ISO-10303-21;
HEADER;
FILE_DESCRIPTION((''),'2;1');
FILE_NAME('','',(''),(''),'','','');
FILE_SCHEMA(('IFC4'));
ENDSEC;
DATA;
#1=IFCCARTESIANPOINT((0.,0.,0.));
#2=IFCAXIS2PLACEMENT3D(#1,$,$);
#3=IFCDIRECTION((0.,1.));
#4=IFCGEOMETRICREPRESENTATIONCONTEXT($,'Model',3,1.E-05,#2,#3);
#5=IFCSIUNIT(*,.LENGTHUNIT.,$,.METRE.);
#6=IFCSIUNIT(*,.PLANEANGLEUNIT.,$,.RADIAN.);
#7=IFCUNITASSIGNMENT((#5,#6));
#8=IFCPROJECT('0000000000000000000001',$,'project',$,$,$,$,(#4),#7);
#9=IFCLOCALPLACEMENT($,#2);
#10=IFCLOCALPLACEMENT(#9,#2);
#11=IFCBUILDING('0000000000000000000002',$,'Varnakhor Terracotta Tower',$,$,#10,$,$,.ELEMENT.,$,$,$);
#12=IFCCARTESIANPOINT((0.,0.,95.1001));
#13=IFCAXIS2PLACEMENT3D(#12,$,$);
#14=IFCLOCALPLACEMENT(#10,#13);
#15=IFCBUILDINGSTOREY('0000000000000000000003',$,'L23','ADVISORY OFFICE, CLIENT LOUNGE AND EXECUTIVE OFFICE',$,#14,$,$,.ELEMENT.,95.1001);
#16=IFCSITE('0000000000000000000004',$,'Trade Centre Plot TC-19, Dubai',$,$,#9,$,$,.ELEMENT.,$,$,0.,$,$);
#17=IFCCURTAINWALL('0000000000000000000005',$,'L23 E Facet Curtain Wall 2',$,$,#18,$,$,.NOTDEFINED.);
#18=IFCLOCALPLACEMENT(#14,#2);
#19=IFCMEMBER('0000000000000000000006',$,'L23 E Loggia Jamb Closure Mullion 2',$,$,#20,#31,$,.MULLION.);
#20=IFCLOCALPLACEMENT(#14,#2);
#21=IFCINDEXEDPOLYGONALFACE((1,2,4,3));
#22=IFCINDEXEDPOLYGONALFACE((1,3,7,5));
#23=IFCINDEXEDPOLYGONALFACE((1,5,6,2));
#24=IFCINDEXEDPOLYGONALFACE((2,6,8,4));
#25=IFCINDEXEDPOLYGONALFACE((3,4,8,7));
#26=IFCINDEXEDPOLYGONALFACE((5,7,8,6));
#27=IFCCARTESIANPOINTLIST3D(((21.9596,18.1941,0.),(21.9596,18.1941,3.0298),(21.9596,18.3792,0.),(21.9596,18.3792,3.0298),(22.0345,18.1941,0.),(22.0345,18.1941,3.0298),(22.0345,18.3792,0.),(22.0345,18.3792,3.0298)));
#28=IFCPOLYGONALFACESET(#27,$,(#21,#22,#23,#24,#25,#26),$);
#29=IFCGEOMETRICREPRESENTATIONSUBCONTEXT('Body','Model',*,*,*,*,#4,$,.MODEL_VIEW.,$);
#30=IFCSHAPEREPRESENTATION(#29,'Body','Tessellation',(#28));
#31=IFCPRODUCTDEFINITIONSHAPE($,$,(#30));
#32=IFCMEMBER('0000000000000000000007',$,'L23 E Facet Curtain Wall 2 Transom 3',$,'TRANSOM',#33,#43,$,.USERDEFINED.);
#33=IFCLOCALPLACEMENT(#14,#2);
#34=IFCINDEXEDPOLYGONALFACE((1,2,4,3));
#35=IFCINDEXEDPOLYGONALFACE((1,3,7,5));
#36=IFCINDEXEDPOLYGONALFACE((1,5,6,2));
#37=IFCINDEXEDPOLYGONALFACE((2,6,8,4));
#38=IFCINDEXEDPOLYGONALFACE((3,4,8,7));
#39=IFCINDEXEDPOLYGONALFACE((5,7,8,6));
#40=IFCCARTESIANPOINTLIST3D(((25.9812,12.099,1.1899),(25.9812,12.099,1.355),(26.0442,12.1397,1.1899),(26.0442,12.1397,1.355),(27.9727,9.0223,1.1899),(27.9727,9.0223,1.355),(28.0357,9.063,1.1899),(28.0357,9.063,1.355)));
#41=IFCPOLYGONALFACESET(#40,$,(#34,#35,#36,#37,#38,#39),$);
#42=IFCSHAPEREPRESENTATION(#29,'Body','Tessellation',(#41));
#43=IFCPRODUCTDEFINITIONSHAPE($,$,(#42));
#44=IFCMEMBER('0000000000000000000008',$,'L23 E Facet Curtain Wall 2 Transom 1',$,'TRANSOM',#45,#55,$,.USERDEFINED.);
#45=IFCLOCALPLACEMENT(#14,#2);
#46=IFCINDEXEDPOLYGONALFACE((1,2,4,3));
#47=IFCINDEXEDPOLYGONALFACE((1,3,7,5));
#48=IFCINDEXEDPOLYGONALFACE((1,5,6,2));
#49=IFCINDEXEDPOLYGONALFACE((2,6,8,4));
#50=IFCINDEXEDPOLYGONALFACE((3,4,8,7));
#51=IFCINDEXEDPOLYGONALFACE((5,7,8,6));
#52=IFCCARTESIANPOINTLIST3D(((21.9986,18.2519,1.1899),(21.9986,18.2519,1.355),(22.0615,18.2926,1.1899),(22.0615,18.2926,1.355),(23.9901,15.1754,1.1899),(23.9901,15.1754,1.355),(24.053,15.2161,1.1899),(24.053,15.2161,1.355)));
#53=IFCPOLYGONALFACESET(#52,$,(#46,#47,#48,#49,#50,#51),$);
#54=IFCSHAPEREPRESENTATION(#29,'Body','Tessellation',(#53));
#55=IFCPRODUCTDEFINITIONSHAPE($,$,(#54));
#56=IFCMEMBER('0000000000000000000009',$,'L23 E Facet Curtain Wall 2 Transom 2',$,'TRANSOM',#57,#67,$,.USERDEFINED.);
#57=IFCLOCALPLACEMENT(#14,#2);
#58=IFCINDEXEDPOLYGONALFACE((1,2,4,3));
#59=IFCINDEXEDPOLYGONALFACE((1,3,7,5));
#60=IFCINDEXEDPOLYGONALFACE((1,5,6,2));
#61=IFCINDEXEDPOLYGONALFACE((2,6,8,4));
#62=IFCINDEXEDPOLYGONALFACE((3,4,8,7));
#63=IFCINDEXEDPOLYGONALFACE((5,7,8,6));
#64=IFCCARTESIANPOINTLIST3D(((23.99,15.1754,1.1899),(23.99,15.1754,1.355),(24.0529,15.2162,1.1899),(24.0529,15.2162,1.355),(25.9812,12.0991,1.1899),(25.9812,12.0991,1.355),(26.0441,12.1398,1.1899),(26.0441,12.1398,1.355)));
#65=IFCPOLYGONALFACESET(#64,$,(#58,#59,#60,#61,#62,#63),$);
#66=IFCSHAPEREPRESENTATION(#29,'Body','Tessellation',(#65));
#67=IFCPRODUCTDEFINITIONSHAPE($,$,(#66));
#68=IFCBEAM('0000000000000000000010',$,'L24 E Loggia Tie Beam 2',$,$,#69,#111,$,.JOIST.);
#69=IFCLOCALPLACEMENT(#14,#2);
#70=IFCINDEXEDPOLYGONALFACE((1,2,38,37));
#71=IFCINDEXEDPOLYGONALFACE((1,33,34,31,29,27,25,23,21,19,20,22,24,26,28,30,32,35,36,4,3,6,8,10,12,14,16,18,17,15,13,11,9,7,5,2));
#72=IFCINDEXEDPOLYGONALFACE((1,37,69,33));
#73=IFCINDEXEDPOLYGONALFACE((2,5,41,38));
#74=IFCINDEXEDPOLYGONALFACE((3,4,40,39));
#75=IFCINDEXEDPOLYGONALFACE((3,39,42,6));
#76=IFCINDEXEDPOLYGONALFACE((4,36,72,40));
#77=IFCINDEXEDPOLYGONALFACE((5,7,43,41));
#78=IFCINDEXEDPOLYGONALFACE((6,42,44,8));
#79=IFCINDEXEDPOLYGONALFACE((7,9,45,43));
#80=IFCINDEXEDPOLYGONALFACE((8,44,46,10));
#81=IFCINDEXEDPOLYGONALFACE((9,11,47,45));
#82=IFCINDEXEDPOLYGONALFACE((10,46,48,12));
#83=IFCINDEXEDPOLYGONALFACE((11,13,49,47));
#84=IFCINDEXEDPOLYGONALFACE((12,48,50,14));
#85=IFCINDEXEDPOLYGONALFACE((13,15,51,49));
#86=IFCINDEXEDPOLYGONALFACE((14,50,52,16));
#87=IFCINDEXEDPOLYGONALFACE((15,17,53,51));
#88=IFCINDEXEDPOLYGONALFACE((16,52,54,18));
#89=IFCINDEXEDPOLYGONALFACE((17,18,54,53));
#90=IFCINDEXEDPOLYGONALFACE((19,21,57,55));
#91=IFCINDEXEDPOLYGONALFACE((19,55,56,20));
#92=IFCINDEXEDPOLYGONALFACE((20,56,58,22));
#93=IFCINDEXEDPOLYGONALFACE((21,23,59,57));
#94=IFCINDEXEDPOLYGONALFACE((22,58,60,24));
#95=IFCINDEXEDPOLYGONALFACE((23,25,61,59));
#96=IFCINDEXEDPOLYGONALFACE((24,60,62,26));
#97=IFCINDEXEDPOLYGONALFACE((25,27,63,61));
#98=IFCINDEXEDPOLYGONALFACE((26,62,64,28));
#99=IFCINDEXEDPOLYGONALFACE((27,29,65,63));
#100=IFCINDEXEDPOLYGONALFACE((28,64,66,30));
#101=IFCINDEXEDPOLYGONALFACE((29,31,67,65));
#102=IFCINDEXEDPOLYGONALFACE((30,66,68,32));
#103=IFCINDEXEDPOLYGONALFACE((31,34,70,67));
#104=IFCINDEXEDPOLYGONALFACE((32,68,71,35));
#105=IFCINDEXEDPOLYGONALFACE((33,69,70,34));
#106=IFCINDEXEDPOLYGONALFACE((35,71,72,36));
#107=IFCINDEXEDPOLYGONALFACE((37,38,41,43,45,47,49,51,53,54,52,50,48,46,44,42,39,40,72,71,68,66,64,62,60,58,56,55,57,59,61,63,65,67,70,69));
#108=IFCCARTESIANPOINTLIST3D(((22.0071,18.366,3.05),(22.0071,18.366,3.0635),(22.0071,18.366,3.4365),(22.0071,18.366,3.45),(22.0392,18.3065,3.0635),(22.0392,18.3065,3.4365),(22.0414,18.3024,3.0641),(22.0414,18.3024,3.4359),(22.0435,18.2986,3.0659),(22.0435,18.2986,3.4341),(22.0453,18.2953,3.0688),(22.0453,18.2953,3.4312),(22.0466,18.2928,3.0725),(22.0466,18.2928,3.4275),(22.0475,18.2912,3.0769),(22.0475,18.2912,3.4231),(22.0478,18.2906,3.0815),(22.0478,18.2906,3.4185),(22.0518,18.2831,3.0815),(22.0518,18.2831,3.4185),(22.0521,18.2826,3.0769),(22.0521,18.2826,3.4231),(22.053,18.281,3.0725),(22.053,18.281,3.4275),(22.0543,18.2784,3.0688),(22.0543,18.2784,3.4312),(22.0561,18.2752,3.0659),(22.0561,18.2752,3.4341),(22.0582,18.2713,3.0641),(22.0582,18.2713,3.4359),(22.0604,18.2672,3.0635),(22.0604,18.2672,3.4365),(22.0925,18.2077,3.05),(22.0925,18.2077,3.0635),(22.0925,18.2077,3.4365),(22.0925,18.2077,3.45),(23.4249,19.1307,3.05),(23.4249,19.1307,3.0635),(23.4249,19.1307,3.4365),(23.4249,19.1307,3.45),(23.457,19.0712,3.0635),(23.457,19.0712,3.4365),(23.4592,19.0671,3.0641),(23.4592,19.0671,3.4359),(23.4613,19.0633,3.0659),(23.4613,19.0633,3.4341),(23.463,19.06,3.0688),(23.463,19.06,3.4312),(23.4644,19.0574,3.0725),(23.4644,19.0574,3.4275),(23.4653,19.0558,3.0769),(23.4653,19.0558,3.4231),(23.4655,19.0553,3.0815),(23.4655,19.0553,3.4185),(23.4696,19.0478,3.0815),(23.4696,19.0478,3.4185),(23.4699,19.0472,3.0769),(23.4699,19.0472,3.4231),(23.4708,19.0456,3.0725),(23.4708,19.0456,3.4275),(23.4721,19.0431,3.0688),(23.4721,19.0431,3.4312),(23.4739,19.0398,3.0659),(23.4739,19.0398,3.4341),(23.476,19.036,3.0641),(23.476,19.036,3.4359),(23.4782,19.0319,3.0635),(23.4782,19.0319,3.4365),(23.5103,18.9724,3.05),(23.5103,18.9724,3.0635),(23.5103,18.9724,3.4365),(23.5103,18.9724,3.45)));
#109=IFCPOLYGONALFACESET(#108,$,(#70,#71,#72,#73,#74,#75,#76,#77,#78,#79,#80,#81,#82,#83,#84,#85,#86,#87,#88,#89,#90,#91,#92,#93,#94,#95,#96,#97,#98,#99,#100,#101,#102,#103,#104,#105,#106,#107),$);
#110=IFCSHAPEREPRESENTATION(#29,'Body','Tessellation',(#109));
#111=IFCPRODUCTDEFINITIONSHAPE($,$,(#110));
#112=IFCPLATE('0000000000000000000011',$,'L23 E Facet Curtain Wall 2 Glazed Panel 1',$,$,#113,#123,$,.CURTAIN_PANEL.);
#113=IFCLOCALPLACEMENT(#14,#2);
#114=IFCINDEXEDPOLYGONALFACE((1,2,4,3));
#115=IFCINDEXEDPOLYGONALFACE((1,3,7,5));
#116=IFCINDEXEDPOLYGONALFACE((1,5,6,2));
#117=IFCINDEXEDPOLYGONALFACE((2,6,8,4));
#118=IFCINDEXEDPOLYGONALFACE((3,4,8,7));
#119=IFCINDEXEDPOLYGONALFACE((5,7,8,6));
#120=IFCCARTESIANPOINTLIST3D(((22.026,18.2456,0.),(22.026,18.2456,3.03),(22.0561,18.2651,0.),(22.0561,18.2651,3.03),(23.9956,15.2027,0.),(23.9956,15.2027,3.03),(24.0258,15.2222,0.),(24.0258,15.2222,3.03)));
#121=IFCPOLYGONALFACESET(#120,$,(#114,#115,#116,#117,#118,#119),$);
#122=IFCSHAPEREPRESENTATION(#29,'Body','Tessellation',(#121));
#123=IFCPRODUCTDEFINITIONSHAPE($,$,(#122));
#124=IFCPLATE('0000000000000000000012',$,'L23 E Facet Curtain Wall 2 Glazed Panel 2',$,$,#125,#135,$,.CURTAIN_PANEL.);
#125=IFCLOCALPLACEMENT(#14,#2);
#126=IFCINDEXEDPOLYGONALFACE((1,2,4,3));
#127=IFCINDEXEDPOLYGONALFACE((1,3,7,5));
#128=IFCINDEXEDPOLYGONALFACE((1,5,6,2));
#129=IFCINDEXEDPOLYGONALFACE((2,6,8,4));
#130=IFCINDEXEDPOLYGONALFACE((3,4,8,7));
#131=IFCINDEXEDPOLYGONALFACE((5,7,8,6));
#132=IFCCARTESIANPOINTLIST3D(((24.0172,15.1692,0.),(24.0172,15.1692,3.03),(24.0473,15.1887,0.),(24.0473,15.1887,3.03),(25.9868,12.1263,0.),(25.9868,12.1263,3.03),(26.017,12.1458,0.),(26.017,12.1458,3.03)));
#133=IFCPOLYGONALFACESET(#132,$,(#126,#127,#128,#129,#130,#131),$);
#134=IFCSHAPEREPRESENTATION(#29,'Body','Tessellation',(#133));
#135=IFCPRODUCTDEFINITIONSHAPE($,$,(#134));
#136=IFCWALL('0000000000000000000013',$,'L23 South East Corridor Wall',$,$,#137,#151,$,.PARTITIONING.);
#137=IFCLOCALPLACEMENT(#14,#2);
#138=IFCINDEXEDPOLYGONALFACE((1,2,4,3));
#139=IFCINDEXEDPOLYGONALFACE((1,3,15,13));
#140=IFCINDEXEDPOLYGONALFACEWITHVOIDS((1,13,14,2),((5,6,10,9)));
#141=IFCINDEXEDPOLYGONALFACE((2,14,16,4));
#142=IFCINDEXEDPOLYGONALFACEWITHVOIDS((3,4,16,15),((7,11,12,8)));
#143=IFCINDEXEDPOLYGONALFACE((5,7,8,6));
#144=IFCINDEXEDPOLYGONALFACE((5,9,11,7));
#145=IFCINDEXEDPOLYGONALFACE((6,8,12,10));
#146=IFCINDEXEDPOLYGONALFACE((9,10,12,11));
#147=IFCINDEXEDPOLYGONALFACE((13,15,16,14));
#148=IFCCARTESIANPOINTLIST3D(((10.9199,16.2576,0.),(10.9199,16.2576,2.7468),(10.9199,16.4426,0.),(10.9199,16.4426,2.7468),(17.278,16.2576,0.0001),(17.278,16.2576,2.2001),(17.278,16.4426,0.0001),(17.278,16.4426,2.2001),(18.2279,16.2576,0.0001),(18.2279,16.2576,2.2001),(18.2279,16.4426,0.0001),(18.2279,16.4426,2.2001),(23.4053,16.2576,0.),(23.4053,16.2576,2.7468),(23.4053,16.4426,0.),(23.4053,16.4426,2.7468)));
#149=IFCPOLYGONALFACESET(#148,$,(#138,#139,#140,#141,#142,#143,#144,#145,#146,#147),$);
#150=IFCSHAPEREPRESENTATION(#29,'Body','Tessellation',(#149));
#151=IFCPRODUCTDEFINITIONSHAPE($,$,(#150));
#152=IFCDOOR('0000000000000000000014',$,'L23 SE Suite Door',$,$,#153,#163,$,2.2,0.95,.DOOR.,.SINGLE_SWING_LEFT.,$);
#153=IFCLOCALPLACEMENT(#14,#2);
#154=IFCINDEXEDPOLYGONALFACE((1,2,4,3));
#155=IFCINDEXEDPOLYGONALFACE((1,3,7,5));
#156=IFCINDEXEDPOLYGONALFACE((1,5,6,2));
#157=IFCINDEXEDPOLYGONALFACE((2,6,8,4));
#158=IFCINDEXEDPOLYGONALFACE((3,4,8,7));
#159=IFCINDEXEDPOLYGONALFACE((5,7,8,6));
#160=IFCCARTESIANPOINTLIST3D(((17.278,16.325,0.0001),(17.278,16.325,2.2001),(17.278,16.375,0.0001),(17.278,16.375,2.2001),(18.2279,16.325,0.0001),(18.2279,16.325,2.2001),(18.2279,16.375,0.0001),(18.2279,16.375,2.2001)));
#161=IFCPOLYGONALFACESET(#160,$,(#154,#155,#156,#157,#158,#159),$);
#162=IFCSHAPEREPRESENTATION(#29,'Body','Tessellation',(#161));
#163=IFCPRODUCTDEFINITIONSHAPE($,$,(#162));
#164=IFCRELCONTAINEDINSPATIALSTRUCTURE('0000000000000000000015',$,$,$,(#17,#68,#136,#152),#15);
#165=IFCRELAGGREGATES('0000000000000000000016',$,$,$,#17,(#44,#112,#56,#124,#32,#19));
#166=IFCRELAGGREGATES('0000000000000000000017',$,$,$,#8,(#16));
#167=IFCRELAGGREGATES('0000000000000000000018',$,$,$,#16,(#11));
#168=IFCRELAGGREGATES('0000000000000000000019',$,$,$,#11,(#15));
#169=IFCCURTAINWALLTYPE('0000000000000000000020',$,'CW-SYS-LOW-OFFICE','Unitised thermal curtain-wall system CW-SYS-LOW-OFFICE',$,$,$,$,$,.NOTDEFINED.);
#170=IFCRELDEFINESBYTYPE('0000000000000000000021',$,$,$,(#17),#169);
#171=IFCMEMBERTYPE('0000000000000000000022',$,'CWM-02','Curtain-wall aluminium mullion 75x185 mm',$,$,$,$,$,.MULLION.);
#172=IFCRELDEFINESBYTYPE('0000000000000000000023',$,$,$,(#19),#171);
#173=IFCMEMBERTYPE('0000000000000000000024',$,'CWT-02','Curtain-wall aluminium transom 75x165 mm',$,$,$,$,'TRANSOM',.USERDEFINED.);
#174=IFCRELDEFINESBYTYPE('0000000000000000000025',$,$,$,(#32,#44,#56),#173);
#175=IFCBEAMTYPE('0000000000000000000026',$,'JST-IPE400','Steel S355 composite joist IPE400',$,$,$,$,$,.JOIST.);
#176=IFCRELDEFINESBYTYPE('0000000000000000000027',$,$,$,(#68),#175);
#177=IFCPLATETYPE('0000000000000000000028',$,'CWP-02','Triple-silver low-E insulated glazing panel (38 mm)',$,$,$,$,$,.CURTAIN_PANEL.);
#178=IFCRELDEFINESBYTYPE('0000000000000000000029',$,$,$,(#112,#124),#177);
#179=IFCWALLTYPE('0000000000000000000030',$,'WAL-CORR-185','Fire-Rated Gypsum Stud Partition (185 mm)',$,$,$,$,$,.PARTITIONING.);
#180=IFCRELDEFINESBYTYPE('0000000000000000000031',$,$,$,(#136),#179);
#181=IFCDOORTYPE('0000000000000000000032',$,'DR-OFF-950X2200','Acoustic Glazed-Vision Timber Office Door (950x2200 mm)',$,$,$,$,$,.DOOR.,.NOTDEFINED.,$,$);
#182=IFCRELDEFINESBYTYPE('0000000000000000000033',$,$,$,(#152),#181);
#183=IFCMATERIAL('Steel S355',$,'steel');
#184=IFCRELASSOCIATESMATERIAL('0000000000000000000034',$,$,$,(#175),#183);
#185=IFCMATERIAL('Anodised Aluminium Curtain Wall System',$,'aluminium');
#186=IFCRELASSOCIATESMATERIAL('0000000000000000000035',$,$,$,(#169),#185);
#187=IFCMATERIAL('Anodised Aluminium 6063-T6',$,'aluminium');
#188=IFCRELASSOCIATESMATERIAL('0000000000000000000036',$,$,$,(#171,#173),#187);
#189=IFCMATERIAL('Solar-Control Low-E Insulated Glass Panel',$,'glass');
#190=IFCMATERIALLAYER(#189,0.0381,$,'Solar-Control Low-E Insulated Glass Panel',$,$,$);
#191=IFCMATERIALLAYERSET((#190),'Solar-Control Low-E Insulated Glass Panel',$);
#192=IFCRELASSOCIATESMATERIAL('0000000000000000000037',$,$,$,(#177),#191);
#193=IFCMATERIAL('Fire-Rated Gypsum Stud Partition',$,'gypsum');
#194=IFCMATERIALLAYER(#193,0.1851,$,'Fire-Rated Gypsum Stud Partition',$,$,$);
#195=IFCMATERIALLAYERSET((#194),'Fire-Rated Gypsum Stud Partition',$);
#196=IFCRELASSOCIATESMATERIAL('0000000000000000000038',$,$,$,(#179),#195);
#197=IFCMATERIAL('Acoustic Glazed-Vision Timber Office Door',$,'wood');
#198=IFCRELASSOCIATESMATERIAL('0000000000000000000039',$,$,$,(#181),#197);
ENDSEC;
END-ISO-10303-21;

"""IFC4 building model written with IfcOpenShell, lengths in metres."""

from ifc_helpers import new_model, si_unit, direction, frame, frame_2d, origin, origin_2d, place, context, subcontext, project, spatial, rectangle, i_section, extrude, source, transform, mapped, material, layer, layer_set, material_profile, profile_set, type_object, type_shapes, element, fill, aggregate, save


model = new_model("IFC4")

# Units and contexts
model_context = context("Model", 3, precision=1e-05, world=origin(), true_north=direction((0.0, 1.0)))
body_context = subcontext(model_context, "Body", "Model", "MODEL_VIEW")
ifc_project = project(units=[si_unit("LENGTHUNIT", "METRE"), si_unit("PLANEANGLEUNIT", "RADIAN")], contexts=[model_context])

# Site, building, storey
site_placement = place(None, origin())
site = spatial("IfcSite", under=ifc_project, at=site_placement, Name="Trade Centre Plot TC-19, Dubai", CompositionType="ELEMENT", RefElevation=0.0)
building_placement = place(site_placement, origin())
building = spatial("IfcBuilding", under=site, at=building_placement, Name="Varnakhor Terracotta Tower", CompositionType="ELEMENT")
storey_placement = place(building_placement, frame((0.0, 0.0, 95.1001)))
storey = spatial("IfcBuildingStorey", under=building, at=storey_placement, Name="L23", Description="ADVISORY OFFICE, CLIENT LOUNGE AND EXECUTIVE OFFICE", CompositionType="ELEMENT", Elevation=95.1001)

# Shared definitions
ifc_material_1 = material(Name="Steel S355", Category="steel")
ifc_material_profile_1 = material_profile(ifc_material_1, i_section(OverallWidth=0.1799, OverallDepth=0.3999, WebThickness=0.0085, FlangeThickness=0.0134, FilletRadius=0.0181, at=origin_2d()), Name="IPE400")
ifc_profile_set_1 = profile_set([ifc_material_profile_1], Name="Steel S355")
beam_type_1 = type_object("IfcBeamType", Name="JST-IPE400", Description="Steel S355 composite joist IPE400", PredefinedType="JOIST", material=ifc_profile_set_1)

# Curtain wall, members
ifc_material_2 = material(Name="Anodised Aluminium Curtain Wall System", Category="aluminium")
curtain_wall_type = type_object("IfcCurtainWallType", Name="CW-SYS-LOW-OFFICE", Description="Unitised thermal curtain-wall system CW-SYS-LOW-OFFICE", PredefinedType="NOTDEFINED", material=ifc_material_2)
curtain_wall_placement = place(storey_placement, origin())
curtain_wall = element("IfcCurtainWall", 1, at=curtain_wall_placement, inside=storey, type_object=curtain_wall_type, Name="L23 E Facet Curtain Wall 2", PredefinedType="NOTDEFINED")
ifc_material_3 = material(Name="Anodised Aluminium 6063-T6", Category="aluminium")
ifc_material_profile_2 = material_profile(ifc_material_3, rectangle(XDim=0.075, YDim=0.1851, at=origin_2d()), Name="ALU MULLION 75x185")
ifc_profile_set_2 = profile_set([ifc_material_profile_2], Name="Anodised Aluminium 6063-T6")
member_type_1 = type_object("IfcMemberType", Name="CWM-02", Description="Curtain-wall aluminium mullion 75x185 mm", PredefinedType="MULLION", material=ifc_profile_set_2)
shared_shape_1 = source(origin(), body_context, "Body", "SweptSolid", [
    extrude(rectangle(XDim=0.075, YDim=0.1851, at=origin_2d()), origin(), (0.0, 0.0, 1.0), 3.0298),
])
member_1_placement = place(storey_placement, frame((21.9971, 18.2866, 0.0), z_axis=(0.0, 0.0, 1.0), x_axis=(1.0, 0.0, 0.0)))
member_1 = element("IfcMember", 2, at=member_1_placement, type_object=member_type_1, Name="L23 E Loggia Jamb Closure Mullion 2", PredefinedType="MULLION", context=body_context, shape_type="MappedRepresentation", body=[
    mapped(shared_shape_1, transform((0.0, 0.0, 0.0), scale=1.0)),
])
ifc_material_profile_3 = material_profile(ifc_material_3, rectangle(XDim=0.075, YDim=0.165, at=origin_2d()), Name="ALU TRANSOM 75x165")
ifc_profile_set_3 = profile_set([ifc_material_profile_3], Name="Anodised Aluminium 6063-T6")
member_type_2 = type_object("IfcMemberType", Name="CWT-02", Description="Curtain-wall aluminium transom 75x165 mm", ElementType="TRANSOM", PredefinedType="USERDEFINED", material=ifc_profile_set_3)
shared_shape_2 = source(origin(), body_context, "Body", "SweptSolid", [
    extrude(rectangle(XDim=0.075, YDim=0.165, at=origin_2d()), origin(), (0.0, 0.0, 1.0), 3.665),
])
member_2_placement = place(storey_placement, frame((26.0127, 12.1194, 1.2725), z_axis=(0.543381, -0.839486, 0.0), x_axis=(0.839486, 0.543381, 0.0)))
member_2 = element("IfcMember", 3, at=member_2_placement, type_object=member_type_2, Name="L23 E Facet Curtain Wall 2 Transom 3", ObjectType="TRANSOM", PredefinedType="USERDEFINED", context=body_context, shape_type="MappedRepresentation", body=[
    mapped(shared_shape_2, transform((0.0, 0.0, 0.0), scale=1.0)),
])
shared_shape_3 = source(origin(), body_context, "Body", "SweptSolid", [
    extrude(rectangle(XDim=0.075, YDim=0.165, at=origin_2d()), origin(), (0.0, 0.0, 1.0), 3.6648),
])
member_3_placement = place(storey_placement, frame((22.03, 18.2722, 1.2725), z_axis=(0.543411, -0.839466, 0.0), x_axis=(0.839466, 0.543411, 0.0)))
member_3 = element("IfcMember", 4, at=member_3_placement, type_object=member_type_2, Name="L23 E Facet Curtain Wall 2 Transom 1", ObjectType="TRANSOM", PredefinedType="USERDEFINED", context=body_context, shape_type="MappedRepresentation", body=[
    mapped(shared_shape_3, transform((0.0, 0.0, 0.0), scale=1.0)),
])
shared_shape_4 = source(origin(), body_context, "Body", "SweptSolid", [
    extrude(rectangle(XDim=0.075, YDim=0.165, at=origin_2d()), origin(), (0.0, 0.0, 1.0), 3.6646),
])
member_4_placement = place(storey_placement, frame((24.0215, 15.1958, 1.2725), z_axis=(0.543365, -0.839497, 0.0), x_axis=(0.839497, 0.543365, 0.0)))
member_4 = element("IfcMember", 5, at=member_4_placement, type_object=member_type_2, Name="L23 E Facet Curtain Wall 2 Transom 2", ObjectType="TRANSOM", PredefinedType="USERDEFINED", context=body_context, shape_type="MappedRepresentation", body=[
    mapped(shared_shape_4, transform((0.0, 0.0, 0.0), scale=1.0)),
])

# Beam
shared_shape_5 = source(origin(), body_context, "Body", "SweptSolid", [
    extrude(i_section(OverallWidth=0.1799, OverallDepth=0.3999, WebThickness=0.0085, FlangeThickness=0.0134, FilletRadius=0.0181, at=origin_2d()), origin(), (0.0, 0.0, 1.0), 1.6108),
])
beam_1_placement = place(storey_placement, frame((22.0498, 18.2869, 3.25), z_axis=(0.880145, 0.474705, 0.0), x_axis=(-0.474705, 0.880145, 0.0)))
element("IfcBeam", 6, at=beam_1_placement, inside=storey, type_object=beam_type_1, Name="L24 E Loggia Tie Beam 2", PredefinedType="JOIST", context=body_context, shape_type="MappedRepresentation", body=[
    mapped(shared_shape_5, transform((0.0, 0.0, 0.0), scale=1.0)),
])

# Plates
ifc_material_4 = material(Name="Solar-Control Low-E Insulated Glass Panel", Category="glass")
ifc_layer_1 = layer(ifc_material_4, 0.0381, Name="Solar-Control Low-E Insulated Glass Panel")
ifc_layer_set_1 = layer_set([ifc_layer_1], Name="Solar-Control Low-E Insulated Glass Panel")
plate_type = type_object("IfcPlateType", Name="CWP-02", Description="Triple-silver low-E insulated glazing panel (38 mm)", PredefinedType="CURTAIN_PANEL", material=ifc_layer_set_1)
shared_shape_6 = source(origin(), body_context, "Body", "SweptSolid", [
    extrude(rectangle(XDim=3.6248, YDim=0.0359, at=origin_2d()), origin(), (0.0, 0.0, 1.0), 3.03),
])
plate_1_placement = place(storey_placement, frame((23.0259, 16.7339, 0.0), z_axis=(0.0, 0.0, 1.0), x_axis=(0.54338, -0.839487, 0.0)))
plate_1 = element("IfcPlate", 7, at=plate_1_placement, type_object=plate_type, Name="L23 E Facet Curtain Wall 2 Glazed Panel 1", PredefinedType="CURTAIN_PANEL", context=body_context, shape_type="MappedRepresentation", body=[
    mapped(shared_shape_6, transform((0.0, 0.0, 0.0), scale=1.0)),
])
plate_2_placement = place(storey_placement, frame((25.0171, 13.6575, 0.0), z_axis=(0.0, 0.0, 1.0), x_axis=(0.54338, -0.839487, 0.0)))
plate_2 = element("IfcPlate", 8, at=plate_2_placement, type_object=plate_type, Name="L23 E Facet Curtain Wall 2 Glazed Panel 2", PredefinedType="CURTAIN_PANEL", context=body_context, shape_type="MappedRepresentation", body=[
    mapped(shared_shape_6, transform((0.0, 0.0, 0.0), scale=1.0)),
])
aggregate(curtain_wall, [member_3, plate_1, member_4, plate_2, member_2, member_1])

# Wall, opening, door
ifc_material_5 = material(Name="Fire-Rated Gypsum Stud Partition", Category="gypsum")
ifc_layer_2 = layer(ifc_material_5, 0.1851, Name="Fire-Rated Gypsum Stud Partition")
ifc_layer_set_2 = layer_set([ifc_layer_2], Name="Fire-Rated Gypsum Stud Partition")
wall_type_1 = type_object("IfcWallType", Name="WAL-CORR-185", Description="Fire-Rated Gypsum Stud Partition (185 mm)", PredefinedType="PARTITIONING", material=ifc_layer_set_2)
wall_1_placement = place(storey_placement, frame((10.9199, 16.3501, 0.0), z_axis=(0.0, 0.0, 1.0), x_axis=(1.0, 0.0, 0.0)))
wall_1 = element("IfcWall", 9, at=wall_1_placement, inside=storey, type_object=wall_type_1, Name="L23 South East Corridor Wall", PredefinedType="PARTITIONING", context=body_context, shape_type="SweptSolid", body=[
    extrude(rectangle(XDim=12.4854, YDim=0.1851, at=frame_2d((6.2427, 0.0))), origin(), (0.0, 0.0, 1.0), 2.7468),
])
opening_1_placement = place(wall_1_placement, frame((6.3579, 0.0, 0.0)))
opening_1 = element("IfcOpeningElement", 10, at=opening_1_placement, cuts=wall_1, PredefinedType="OPENING", context=body_context, shape_type="SweptSolid", body=[
    extrude(rectangle(XDim=0.95, YDim=2.2, at=frame_2d((0.4751, 1.1001))), frame((0.0, 0.1025, 0.0), z_axis=(0.0, -1.0, 0.0), x_axis=(1.0, 0.0, 0.0)), (0.0, 0.0, 1.0), 0.2051),
])
ifc_material_6 = material(Name="Acoustic Glazed-Vision Timber Office Door", Category="wood")
door_type = type_object("IfcDoorType", Name="DR-OFF-950X2200", Description="Acoustic Glazed-Vision Timber Office Door (950x2200 mm)", OperationType="NOTDEFINED", PredefinedType="DOOR", material=ifc_material_6)
shared_shape_7 = source(origin(), body_context, "Body", "SweptSolid", [
    extrude(rectangle(XDim=0.95, YDim=2.2, at=frame_2d((0.4751, 1.1001))), frame((0.0, 0.0249, 0.0), z_axis=(0.0, -1.0, 0.0), x_axis=(1.0, 0.0, 0.0)), (0.0, 0.0, 1.0), 0.05),
])
type_shapes(door_type, [shared_shape_7])
door_1_placement = place(opening_1_placement, origin())
door_1 = element("IfcDoor", 11, at=door_1_placement, inside=storey, type_object=door_type, Name="L23 SE Suite Door", OperationType="SINGLE_SWING_LEFT", OverallHeight=2.2, OverallWidth=0.95, PredefinedType="DOOR", context=body_context, shape_type="MappedRepresentation", body=[
    mapped(shared_shape_7, transform((0.0, 0.0, 0.0), scale=1.0)),
])
fill(opening_1, door_1)

save(model, "model.ifc")
